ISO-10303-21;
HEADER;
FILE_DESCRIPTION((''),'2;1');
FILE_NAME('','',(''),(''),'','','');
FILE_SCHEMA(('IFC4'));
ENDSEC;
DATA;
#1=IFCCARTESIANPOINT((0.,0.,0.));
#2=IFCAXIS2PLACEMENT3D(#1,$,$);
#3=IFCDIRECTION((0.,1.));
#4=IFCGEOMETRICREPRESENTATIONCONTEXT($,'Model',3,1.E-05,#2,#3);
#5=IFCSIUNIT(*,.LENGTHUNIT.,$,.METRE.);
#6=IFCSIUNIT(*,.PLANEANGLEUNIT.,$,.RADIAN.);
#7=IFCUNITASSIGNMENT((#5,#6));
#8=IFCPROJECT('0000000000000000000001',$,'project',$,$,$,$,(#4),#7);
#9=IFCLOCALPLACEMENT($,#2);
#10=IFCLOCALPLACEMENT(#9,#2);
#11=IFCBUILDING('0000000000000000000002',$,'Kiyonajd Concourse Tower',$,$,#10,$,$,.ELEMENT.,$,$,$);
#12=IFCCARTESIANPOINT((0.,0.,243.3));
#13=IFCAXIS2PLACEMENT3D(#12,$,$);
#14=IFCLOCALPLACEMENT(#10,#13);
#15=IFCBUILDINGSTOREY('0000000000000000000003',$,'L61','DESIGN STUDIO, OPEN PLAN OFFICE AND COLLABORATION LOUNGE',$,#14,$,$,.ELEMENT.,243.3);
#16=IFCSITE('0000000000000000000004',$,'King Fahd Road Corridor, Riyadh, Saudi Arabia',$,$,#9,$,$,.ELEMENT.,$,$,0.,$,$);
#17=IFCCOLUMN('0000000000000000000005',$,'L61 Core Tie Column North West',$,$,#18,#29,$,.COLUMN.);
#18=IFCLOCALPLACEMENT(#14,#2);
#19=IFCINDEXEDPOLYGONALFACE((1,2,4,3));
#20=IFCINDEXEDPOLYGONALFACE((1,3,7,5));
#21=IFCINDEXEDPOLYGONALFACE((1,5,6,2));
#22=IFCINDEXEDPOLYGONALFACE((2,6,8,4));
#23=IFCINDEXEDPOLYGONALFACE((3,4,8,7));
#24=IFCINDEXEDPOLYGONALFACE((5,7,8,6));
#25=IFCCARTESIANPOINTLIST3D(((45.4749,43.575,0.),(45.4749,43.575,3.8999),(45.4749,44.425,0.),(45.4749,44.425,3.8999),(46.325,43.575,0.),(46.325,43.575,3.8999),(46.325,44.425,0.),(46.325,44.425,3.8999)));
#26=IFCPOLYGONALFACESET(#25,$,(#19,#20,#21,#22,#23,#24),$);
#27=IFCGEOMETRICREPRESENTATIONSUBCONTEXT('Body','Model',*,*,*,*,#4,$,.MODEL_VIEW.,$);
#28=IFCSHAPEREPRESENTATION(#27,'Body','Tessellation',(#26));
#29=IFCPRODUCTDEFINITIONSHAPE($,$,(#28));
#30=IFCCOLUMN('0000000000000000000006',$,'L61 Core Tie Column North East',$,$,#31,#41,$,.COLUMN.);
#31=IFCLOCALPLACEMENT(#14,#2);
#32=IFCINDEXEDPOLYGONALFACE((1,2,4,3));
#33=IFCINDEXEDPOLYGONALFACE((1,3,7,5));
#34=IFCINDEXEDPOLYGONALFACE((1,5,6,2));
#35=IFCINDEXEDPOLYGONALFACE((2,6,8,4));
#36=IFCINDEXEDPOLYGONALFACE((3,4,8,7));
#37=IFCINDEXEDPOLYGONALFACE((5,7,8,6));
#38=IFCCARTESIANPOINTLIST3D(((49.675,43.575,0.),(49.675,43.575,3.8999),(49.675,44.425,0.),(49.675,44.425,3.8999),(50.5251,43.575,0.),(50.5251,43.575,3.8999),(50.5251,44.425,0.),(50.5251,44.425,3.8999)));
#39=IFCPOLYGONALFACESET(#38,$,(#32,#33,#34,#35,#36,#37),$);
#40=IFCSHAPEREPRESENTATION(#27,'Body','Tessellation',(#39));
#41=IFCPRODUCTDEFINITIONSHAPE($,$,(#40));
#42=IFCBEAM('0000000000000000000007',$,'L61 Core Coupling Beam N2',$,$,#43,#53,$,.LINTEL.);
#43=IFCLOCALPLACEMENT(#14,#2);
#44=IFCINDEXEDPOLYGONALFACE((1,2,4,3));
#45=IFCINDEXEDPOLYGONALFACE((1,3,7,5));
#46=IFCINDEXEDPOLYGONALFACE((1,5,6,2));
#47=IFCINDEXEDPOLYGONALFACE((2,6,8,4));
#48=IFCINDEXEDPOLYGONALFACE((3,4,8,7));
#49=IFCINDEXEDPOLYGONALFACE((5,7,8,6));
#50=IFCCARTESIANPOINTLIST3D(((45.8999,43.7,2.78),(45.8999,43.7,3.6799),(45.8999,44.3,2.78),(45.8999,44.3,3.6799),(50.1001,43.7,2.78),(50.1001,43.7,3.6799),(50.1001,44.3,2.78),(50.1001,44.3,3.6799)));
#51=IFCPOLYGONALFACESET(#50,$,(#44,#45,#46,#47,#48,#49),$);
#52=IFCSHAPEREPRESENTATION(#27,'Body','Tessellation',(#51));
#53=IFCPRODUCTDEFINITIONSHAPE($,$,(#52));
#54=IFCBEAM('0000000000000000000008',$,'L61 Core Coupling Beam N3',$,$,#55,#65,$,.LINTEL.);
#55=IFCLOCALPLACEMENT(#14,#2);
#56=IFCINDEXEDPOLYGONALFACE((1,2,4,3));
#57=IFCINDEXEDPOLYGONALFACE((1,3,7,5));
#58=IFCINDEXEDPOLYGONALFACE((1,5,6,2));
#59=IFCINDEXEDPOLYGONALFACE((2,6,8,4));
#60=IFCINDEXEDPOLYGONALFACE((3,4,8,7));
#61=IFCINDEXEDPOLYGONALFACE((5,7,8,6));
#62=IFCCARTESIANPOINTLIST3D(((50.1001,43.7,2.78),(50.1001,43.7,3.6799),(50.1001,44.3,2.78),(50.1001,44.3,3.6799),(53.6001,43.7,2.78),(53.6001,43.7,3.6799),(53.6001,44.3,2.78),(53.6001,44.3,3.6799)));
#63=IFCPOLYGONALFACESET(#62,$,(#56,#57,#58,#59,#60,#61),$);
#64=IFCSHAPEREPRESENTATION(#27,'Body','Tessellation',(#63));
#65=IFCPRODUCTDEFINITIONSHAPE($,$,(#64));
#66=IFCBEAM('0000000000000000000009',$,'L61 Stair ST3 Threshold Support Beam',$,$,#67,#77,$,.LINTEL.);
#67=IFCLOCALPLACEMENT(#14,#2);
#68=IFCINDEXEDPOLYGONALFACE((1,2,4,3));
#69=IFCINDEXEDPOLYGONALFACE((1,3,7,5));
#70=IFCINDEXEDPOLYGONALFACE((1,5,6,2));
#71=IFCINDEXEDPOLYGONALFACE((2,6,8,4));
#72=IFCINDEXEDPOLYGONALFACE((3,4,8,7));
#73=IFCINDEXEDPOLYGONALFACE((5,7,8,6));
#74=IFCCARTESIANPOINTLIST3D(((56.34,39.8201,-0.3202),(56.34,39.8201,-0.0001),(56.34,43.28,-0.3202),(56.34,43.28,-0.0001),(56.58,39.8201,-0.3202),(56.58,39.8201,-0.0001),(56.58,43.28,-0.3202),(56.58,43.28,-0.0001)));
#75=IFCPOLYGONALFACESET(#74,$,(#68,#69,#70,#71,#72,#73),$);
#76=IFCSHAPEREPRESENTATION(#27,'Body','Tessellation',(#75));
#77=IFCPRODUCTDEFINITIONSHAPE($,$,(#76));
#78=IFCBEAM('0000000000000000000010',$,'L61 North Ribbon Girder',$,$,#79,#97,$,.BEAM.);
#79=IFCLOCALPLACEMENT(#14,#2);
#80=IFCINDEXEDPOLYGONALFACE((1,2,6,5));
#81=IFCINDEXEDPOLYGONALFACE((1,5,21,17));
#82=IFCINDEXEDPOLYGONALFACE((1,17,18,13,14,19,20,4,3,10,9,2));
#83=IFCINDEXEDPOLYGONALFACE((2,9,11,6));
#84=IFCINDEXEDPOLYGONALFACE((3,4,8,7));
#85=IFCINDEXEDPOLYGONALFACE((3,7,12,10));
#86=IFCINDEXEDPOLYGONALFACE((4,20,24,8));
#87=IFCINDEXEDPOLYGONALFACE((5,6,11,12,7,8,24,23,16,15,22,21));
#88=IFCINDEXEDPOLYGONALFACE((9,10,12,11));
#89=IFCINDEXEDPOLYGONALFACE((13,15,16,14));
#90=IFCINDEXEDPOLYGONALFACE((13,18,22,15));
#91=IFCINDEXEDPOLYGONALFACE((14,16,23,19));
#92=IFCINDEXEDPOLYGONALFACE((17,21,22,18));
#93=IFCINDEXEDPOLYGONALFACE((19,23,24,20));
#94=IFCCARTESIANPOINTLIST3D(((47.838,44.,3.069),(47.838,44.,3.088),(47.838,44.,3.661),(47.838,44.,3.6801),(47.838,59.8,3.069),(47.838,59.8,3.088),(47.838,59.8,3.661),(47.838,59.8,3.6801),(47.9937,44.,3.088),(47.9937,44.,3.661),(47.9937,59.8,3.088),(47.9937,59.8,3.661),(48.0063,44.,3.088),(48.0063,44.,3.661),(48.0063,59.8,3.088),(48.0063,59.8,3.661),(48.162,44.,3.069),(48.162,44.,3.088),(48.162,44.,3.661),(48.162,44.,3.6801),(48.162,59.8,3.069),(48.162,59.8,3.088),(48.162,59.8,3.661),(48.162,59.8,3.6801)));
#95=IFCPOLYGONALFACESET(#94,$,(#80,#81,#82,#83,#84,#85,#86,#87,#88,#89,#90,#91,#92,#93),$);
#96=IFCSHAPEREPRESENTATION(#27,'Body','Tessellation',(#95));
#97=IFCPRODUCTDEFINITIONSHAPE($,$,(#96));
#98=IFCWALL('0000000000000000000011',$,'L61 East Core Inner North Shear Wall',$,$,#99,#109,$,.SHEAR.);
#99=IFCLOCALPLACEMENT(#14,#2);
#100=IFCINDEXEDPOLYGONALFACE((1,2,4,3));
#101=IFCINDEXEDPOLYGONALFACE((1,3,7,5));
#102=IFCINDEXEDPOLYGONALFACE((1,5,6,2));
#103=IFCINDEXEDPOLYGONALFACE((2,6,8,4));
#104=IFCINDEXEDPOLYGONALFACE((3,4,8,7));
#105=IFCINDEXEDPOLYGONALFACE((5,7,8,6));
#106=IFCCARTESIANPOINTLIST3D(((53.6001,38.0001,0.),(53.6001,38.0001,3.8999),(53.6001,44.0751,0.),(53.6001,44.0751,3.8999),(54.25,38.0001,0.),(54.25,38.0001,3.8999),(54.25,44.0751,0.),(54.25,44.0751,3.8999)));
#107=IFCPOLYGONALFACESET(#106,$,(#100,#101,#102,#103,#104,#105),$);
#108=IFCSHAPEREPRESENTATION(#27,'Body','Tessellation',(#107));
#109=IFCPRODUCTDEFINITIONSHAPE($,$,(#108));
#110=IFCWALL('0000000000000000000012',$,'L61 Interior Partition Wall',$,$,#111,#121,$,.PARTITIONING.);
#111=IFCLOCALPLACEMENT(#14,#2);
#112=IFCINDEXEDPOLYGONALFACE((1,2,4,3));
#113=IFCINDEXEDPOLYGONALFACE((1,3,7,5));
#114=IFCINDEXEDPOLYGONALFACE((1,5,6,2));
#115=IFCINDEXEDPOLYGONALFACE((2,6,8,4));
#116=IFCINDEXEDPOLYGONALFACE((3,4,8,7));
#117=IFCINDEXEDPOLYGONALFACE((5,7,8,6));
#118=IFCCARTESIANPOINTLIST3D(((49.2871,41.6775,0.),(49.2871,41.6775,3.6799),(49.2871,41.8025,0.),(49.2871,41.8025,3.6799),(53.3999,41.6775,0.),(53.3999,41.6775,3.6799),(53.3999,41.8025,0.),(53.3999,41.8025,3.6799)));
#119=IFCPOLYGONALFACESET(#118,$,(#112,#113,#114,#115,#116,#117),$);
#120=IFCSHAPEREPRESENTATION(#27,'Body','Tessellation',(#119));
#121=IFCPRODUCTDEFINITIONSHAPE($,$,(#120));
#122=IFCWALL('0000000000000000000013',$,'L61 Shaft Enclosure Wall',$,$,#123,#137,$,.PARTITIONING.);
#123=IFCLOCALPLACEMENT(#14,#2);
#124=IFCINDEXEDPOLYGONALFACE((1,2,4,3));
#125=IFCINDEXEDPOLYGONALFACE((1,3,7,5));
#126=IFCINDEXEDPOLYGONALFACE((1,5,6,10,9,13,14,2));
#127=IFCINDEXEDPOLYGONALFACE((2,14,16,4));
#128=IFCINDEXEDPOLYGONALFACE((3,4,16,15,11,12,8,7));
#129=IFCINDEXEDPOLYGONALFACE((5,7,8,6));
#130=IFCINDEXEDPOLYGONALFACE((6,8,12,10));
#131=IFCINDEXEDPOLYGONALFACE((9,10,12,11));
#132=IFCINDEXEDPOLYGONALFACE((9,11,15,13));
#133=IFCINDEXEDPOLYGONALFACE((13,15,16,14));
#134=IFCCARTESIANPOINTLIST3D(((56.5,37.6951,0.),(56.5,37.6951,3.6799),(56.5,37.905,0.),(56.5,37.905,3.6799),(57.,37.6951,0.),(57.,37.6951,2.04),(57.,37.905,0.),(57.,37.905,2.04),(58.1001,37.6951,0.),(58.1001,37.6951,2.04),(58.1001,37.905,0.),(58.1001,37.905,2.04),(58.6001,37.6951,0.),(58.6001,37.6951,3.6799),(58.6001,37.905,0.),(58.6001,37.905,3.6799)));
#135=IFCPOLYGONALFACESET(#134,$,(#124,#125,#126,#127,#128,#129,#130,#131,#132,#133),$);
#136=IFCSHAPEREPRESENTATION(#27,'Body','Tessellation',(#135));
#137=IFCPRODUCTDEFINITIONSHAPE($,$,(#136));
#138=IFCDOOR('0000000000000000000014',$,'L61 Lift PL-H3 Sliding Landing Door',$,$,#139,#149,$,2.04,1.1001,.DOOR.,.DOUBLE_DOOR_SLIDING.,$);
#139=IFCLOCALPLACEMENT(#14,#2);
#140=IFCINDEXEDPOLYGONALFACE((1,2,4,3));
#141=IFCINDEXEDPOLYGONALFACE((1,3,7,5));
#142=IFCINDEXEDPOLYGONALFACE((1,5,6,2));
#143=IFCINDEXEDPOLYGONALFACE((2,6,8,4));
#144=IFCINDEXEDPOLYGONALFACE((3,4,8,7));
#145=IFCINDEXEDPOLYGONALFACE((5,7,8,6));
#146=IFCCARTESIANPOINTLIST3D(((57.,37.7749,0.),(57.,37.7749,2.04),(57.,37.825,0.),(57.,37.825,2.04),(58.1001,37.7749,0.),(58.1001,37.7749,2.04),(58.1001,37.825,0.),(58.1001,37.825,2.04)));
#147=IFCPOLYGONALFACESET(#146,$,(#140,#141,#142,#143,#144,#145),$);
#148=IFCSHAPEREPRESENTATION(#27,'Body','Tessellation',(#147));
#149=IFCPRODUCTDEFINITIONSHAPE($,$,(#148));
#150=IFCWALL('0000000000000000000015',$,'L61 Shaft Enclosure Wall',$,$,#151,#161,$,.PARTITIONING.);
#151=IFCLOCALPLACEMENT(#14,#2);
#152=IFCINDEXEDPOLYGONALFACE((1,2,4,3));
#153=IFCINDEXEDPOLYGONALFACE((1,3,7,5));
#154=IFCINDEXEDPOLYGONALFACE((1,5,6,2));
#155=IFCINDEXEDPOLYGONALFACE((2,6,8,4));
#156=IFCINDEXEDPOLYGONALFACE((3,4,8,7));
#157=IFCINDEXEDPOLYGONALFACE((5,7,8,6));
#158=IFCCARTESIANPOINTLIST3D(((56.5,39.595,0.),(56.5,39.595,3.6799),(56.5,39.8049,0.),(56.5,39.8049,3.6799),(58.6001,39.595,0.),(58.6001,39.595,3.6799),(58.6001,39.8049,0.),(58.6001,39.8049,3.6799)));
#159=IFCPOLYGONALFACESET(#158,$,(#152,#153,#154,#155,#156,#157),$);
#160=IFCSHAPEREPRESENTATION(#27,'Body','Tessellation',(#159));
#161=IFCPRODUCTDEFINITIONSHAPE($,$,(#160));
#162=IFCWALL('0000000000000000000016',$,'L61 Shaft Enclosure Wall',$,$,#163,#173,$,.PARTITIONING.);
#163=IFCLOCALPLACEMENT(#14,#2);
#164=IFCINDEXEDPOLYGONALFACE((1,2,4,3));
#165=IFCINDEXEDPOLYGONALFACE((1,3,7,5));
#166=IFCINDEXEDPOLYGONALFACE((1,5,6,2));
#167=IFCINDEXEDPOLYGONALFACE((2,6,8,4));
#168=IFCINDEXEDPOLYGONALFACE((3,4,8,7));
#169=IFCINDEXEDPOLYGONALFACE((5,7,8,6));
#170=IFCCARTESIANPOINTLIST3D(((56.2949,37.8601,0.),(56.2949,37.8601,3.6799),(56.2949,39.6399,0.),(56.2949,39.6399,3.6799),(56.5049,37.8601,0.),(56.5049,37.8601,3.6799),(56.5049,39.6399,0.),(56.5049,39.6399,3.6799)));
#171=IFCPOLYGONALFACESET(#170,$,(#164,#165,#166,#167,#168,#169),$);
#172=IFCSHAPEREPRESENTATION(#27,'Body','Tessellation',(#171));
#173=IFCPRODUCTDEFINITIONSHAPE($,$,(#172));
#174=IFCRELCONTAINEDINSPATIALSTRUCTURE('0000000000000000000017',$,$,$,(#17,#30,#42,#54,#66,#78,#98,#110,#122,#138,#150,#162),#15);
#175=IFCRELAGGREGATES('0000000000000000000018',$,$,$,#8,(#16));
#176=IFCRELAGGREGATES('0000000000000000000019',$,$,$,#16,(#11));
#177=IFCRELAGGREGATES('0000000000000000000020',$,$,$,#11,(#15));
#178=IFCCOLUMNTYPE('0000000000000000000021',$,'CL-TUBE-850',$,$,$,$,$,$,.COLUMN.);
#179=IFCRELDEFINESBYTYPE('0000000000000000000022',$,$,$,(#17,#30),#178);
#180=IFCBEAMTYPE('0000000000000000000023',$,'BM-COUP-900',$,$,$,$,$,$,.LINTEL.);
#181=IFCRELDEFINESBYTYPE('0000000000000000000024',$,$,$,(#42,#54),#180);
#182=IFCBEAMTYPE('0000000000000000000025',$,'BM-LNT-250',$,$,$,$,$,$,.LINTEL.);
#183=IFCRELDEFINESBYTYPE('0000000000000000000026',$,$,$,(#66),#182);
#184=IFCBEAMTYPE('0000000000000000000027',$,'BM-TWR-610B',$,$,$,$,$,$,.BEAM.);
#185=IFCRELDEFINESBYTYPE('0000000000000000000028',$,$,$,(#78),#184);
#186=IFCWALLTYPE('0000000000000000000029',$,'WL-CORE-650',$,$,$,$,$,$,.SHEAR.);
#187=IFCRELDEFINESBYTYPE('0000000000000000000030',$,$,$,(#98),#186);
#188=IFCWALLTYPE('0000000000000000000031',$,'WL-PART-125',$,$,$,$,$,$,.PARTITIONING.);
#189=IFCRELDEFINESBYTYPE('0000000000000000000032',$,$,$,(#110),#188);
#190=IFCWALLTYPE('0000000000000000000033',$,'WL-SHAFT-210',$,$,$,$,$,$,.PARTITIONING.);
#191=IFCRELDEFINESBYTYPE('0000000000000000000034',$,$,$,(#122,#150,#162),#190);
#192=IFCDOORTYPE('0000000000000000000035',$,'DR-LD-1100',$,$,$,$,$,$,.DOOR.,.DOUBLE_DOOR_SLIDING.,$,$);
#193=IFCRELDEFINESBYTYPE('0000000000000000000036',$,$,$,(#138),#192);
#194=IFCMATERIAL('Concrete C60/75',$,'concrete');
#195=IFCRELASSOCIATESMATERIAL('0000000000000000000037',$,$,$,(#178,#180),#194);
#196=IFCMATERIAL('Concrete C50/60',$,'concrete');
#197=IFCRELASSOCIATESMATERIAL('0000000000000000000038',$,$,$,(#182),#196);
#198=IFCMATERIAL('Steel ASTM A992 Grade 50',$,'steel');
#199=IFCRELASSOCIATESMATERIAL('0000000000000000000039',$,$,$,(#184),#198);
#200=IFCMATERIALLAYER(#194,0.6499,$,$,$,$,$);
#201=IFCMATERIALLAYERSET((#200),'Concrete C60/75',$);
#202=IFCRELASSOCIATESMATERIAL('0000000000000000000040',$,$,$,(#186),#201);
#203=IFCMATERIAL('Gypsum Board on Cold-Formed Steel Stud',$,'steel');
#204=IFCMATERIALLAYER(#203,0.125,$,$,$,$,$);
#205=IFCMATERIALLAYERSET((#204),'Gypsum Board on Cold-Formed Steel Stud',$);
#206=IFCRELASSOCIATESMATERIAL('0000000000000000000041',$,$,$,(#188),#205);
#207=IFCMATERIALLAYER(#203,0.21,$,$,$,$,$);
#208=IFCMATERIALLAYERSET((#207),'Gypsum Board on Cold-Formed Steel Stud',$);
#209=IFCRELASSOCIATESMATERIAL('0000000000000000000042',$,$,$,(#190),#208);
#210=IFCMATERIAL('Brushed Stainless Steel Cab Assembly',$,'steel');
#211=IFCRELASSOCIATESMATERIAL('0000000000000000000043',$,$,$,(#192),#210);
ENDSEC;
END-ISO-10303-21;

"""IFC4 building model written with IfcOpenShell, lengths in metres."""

from ifc_helpers import new_model, si_unit, direction, frame, frame_2d, origin, origin_2d, place, context, subcontext, project, spatial, rectangle, i_section, extrude, material, layer, layer_set, material_profile, profile_set, type_object, element, fill, save


model = new_model("IFC4")

# Units and contexts
model_context = context("Model", 3, precision=1e-05, world=origin(), true_north=direction((0.0, 1.0)))
body_context = subcontext(model_context, "Body", "Model", "MODEL_VIEW")
ifc_project = project(units=[si_unit("LENGTHUNIT", "METRE"), si_unit("PLANEANGLEUNIT", "RADIAN")], contexts=[model_context])

# Site, building, storey
site_placement = place(None, origin())
site = spatial("IfcSite", under=ifc_project, at=site_placement, Name="King Fahd Road Corridor, Riyadh, Saudi Arabia", CompositionType="ELEMENT", RefElevation=0.0)
building_placement = place(site_placement, origin())
building = spatial("IfcBuilding", under=site, at=building_placement, Name="Kiyonajd Concourse Tower", CompositionType="ELEMENT")
storey_placement = place(building_placement, frame((0.0, 0.0, 243.3)))
storey = spatial("IfcBuildingStorey", under=building, at=storey_placement, Name="L61", Description="DESIGN STUDIO, OPEN PLAN OFFICE AND COLLABORATION LOUNGE", CompositionType="ELEMENT", Elevation=243.3)

# Columns
ifc_material_1 = material(Name="Concrete C60/75", Category="concrete")
ifc_material_profile_1 = material_profile(ifc_material_1, rectangle(XDim=0.8501, YDim=0.8501, at=origin_2d()), Name="RC-850x850")
ifc_profile_set_1 = profile_set([ifc_material_profile_1], Name="Concrete C60/75")
column_type = type_object("IfcColumnType", Name="CL-TUBE-850", PredefinedType="COLUMN", material=ifc_profile_set_1)
for number, where, z_axis, x_axis, name in (
    (1, (45.8999, 44.0, 0.0), (0.0, 0.0, 1.0), (1.0, 0.0, 0.0), "L61 Core Tie Column North West"),
    (2, (50.1001, 44.0, 0.0), (0.0, 0.0, 1.0), (1.0, 0.0, 0.0), "L61 Core Tie Column North East"),
):
    element("IfcColumn", number, at=place(storey_placement, frame(where, z_axis=z_axis, x_axis=x_axis)), inside=storey, type_object=column_type, Name=name, PredefinedType="COLUMN", context=body_context, shape_type="SweptSolid", body=[
        extrude(rectangle(XDim=0.8501, YDim=0.8501, at=origin_2d()), origin(), (0.0, 0.0, 1.0), 3.8999),
    ])

# Beams
ifc_material_profile_2 = material_profile(ifc_material_1, rectangle(XDim=0.6001, YDim=0.8999, at=origin_2d()), Name="RCBM-600x900")
ifc_profile_set_2 = profile_set([ifc_material_profile_2], Name="Concrete C60/75")
beam_type_1 = type_object("IfcBeamType", Name="BM-COUP-900", PredefinedType="LINTEL", material=ifc_profile_set_2)
beam_1_placement = place(storey_placement, frame((45.8999, 44.0, 3.23), z_axis=(1.0, 0.0, 0.0), x_axis=(0.0, 1.0, 0.0)))
element("IfcBeam", 3, at=beam_1_placement, inside=storey, type_object=beam_type_1, Name="L61 Core Coupling Beam N2", PredefinedType="LINTEL", context=body_context, shape_type="SweptSolid", body=[
    extrude(rectangle(XDim=0.6001, YDim=0.8999, at=origin_2d()), origin(), (0.0, 0.0, 1.0), 4.2002),
])
beam_2_placement = place(storey_placement, frame((50.1001, 44.0, 3.23), z_axis=(1.0, 0.0, 0.0), x_axis=(0.0, 1.0, 0.0)))
element("IfcBeam", 4, at=beam_2_placement, inside=storey, type_object=beam_type_1, Name="L61 Core Coupling Beam N3", PredefinedType="LINTEL", context=body_context, shape_type="SweptSolid", body=[
    extrude(rectangle(XDim=0.6001, YDim=0.8999, at=origin_2d()), origin(), (0.0, 0.0, 1.0), 3.5),
])
ifc_material_2 = material(Name="Concrete C50/60", Category="concrete")
ifc_material_profile_3 = material_profile(ifc_material_2, rectangle(XDim=0.24, YDim=0.3201, at=origin_2d()), Name="RCBM-240x320")
ifc_profile_set_3 = profile_set([ifc_material_profile_3], Name="Concrete C50/60")
beam_type_2 = type_object("IfcBeamType", Name="BM-LNT-250", PredefinedType="LINTEL", material=ifc_profile_set_3)
beam_3_placement = place(storey_placement, frame((56.46, 39.8201, -0.1602), z_axis=(0.0, 1.0, 0.0), x_axis=(-1.0, 0.0, 0.0)))
element("IfcBeam", 5, at=beam_3_placement, inside=storey, type_object=beam_type_2, Name="L61 Stair ST3 Threshold Support Beam", PredefinedType="LINTEL", context=body_context, shape_type="SweptSolid", body=[
    extrude(rectangle(XDim=0.24, YDim=0.3201, at=origin_2d()), origin(), (0.0, 0.0, 1.0), 3.46),
])
ifc_material_3 = material(Name="Steel ASTM A992 Grade 50", Category="steel")
ifc_material_profile_4 = material_profile(ifc_material_3, i_section(OverallWidth=0.324, OverallDepth=0.6111, WebThickness=0.0127, FlangeThickness=0.019, at=origin_2d()), Name="W610X155")
ifc_profile_set_4 = profile_set([ifc_material_profile_4], Name="Steel ASTM A992 Grade 50")
beam_type_3 = type_object("IfcBeamType", Name="BM-TWR-610B", PredefinedType="BEAM", material=ifc_profile_set_4)
beam_4_placement = place(storey_placement, frame((48.0, 44.0, 3.3745), z_axis=(0.0, 1.0, 0.0), x_axis=(-1.0, 0.0, 0.0)))
element("IfcBeam", 6, at=beam_4_placement, inside=storey, type_object=beam_type_3, Name="L61 North Ribbon Girder", PredefinedType="BEAM", context=body_context, shape_type="SweptSolid", body=[
    extrude(i_section(OverallWidth=0.324, OverallDepth=0.6111, WebThickness=0.0127, FlangeThickness=0.019, at=origin_2d()), origin(), (0.0, 0.0, 1.0), 15.8),
])

# Walls
ifc_layer_1 = layer(ifc_material_1, 0.6499)
ifc_layer_set_1 = layer_set([ifc_layer_1], Name="Concrete C60/75")
wall_type_1 = type_object("IfcWallType", Name="WL-CORE-650", PredefinedType="SHEAR", material=ifc_layer_set_1)
wall_1_placement = place(storey_placement, frame((53.925, 38.0, 0.0), z_axis=(0.0, 0.0, 1.0), x_axis=(0.0, 1.0, 0.0)))
element("IfcWall", 7, at=wall_1_placement, inside=storey, type_object=wall_type_1, Name="L61 East Core Inner North Shear Wall", PredefinedType="SHEAR", context=body_context, shape_type="SweptSolid", body=[
    extrude(rectangle(XDim=6.075, YDim=0.6499, at=frame_2d((3.0376, 0.0))), origin(), (0.0, 0.0, 1.0), 3.8999),
])
ifc_material_4 = material(Name="Gypsum Board on Cold-Formed Steel Stud", Category="steel")
ifc_layer_2 = layer(ifc_material_4, 0.125)
ifc_layer_set_2 = layer_set([ifc_layer_2], Name="Gypsum Board on Cold-Formed Steel Stud")
wall_type_2 = type_object("IfcWallType", Name="WL-PART-125", PredefinedType="PARTITIONING", material=ifc_layer_set_2)
wall_2_placement = place(storey_placement, frame((49.2871, 41.74, 0.0), z_axis=(0.0, 0.0, 1.0), x_axis=(1.0, 0.0, 0.0)))
element("IfcWall", 8, at=wall_2_placement, inside=storey, type_object=wall_type_2, Name="L61 Interior Partition Wall", PredefinedType="PARTITIONING", context=body_context, shape_type="SweptSolid", body=[
    extrude(rectangle(XDim=4.1128, YDim=0.125, at=frame_2d((2.0564, 0.0))), origin(), (0.0, 0.0, 1.0), 3.6799),
])

# Wall, opening, door
ifc_layer_3 = layer(ifc_material_4, 0.21)
ifc_layer_set_3 = layer_set([ifc_layer_3], Name="Gypsum Board on Cold-Formed Steel Stud")
wall_type_3 = type_object("IfcWallType", Name="WL-SHAFT-210", PredefinedType="PARTITIONING", material=ifc_layer_set_3)
wall_3_placement = place(storey_placement, frame((56.5, 37.8, 0.0), z_axis=(0.0, 0.0, 1.0), x_axis=(1.0, 0.0, 0.0)))
wall_3 = element("IfcWall", 9, at=wall_3_placement, inside=storey, type_object=wall_type_3, Name="L61 Shaft Enclosure Wall", PredefinedType="PARTITIONING", context=body_context, shape_type="SweptSolid", body=[
    extrude(rectangle(XDim=2.1001, YDim=0.21, at=frame_2d((1.05, 0.0))), origin(), (0.0, 0.0, 1.0), 3.6799),
])
opening_1_placement = place(wall_3_placement, frame((0.5, 0.0, 0.0)))
opening_1 = element("IfcOpeningElement", 10, at=opening_1_placement, cuts=wall_3, PredefinedType="OPENING", context=body_context, shape_type="SweptSolid", body=[
    extrude(rectangle(XDim=1.1001, YDim=2.04, at=frame_2d((0.55, 1.02))), frame((0.0, 0.115, 0.0), z_axis=(0.0, -1.0, 0.0), x_axis=(1.0, 0.0, 0.0)), (0.0, 0.0, 1.0), 0.23),
])
ifc_material_5 = material(Name="Brushed Stainless Steel Cab Assembly", Category="steel")
door_type_1 = type_object("IfcDoorType", Name="DR-LD-1100", OperationType="DOUBLE_DOOR_SLIDING", PredefinedType="DOOR", material=ifc_material_5)
door_1_placement = place(opening_1_placement, origin())
door_1 = element("IfcDoor", 11, at=door_1_placement, inside=storey, type_object=door_type_1, Name="L61 Lift PL-H3 Sliding Landing Door", OperationType="DOUBLE_DOOR_SLIDING", OverallHeight=2.04, OverallWidth=1.1001, PredefinedType="DOOR", context=body_context, shape_type="SweptSolid", body=[
    extrude(rectangle(XDim=1.1001, YDim=2.04, at=frame_2d((0.55, 1.02))), frame((0.0, 0.0249, 0.0), z_axis=(0.0, -1.0, 0.0), x_axis=(1.0, 0.0, 0.0)), (0.0, 0.0, 1.0), 0.05),
])
fill(opening_1, door_1)

# Walls
wall_4_placement = place(storey_placement, frame((56.5, 39.7, 0.0), z_axis=(0.0, 0.0, 1.0), x_axis=(1.0, 0.0, 0.0)))
element("IfcWall", 12, at=wall_4_placement, inside=storey, type_object=wall_type_3, Name="L61 Shaft Enclosure Wall", PredefinedType="PARTITIONING", context=body_context, shape_type="SweptSolid", body=[
    extrude(rectangle(XDim=2.1001, YDim=0.21, at=frame_2d((1.05, 0.0))), origin(), (0.0, 0.0, 1.0), 3.6799),
])
wall_5_placement = place(storey_placement, frame((56.3999, 37.8601, 0.0), z_axis=(0.0, 0.0, 1.0), x_axis=(0.0, 1.0, 0.0)))
element("IfcWall", 13, at=wall_5_placement, inside=storey, type_object=wall_type_3, Name="L61 Shaft Enclosure Wall", PredefinedType="PARTITIONING", context=body_context, shape_type="SweptSolid", body=[
    extrude(rectangle(XDim=1.7798, YDim=0.21, at=frame_2d((0.8899, 0.0))), origin(), (0.0, 0.0, 1.0), 3.6799),
])

save(model, "model.ifc")
